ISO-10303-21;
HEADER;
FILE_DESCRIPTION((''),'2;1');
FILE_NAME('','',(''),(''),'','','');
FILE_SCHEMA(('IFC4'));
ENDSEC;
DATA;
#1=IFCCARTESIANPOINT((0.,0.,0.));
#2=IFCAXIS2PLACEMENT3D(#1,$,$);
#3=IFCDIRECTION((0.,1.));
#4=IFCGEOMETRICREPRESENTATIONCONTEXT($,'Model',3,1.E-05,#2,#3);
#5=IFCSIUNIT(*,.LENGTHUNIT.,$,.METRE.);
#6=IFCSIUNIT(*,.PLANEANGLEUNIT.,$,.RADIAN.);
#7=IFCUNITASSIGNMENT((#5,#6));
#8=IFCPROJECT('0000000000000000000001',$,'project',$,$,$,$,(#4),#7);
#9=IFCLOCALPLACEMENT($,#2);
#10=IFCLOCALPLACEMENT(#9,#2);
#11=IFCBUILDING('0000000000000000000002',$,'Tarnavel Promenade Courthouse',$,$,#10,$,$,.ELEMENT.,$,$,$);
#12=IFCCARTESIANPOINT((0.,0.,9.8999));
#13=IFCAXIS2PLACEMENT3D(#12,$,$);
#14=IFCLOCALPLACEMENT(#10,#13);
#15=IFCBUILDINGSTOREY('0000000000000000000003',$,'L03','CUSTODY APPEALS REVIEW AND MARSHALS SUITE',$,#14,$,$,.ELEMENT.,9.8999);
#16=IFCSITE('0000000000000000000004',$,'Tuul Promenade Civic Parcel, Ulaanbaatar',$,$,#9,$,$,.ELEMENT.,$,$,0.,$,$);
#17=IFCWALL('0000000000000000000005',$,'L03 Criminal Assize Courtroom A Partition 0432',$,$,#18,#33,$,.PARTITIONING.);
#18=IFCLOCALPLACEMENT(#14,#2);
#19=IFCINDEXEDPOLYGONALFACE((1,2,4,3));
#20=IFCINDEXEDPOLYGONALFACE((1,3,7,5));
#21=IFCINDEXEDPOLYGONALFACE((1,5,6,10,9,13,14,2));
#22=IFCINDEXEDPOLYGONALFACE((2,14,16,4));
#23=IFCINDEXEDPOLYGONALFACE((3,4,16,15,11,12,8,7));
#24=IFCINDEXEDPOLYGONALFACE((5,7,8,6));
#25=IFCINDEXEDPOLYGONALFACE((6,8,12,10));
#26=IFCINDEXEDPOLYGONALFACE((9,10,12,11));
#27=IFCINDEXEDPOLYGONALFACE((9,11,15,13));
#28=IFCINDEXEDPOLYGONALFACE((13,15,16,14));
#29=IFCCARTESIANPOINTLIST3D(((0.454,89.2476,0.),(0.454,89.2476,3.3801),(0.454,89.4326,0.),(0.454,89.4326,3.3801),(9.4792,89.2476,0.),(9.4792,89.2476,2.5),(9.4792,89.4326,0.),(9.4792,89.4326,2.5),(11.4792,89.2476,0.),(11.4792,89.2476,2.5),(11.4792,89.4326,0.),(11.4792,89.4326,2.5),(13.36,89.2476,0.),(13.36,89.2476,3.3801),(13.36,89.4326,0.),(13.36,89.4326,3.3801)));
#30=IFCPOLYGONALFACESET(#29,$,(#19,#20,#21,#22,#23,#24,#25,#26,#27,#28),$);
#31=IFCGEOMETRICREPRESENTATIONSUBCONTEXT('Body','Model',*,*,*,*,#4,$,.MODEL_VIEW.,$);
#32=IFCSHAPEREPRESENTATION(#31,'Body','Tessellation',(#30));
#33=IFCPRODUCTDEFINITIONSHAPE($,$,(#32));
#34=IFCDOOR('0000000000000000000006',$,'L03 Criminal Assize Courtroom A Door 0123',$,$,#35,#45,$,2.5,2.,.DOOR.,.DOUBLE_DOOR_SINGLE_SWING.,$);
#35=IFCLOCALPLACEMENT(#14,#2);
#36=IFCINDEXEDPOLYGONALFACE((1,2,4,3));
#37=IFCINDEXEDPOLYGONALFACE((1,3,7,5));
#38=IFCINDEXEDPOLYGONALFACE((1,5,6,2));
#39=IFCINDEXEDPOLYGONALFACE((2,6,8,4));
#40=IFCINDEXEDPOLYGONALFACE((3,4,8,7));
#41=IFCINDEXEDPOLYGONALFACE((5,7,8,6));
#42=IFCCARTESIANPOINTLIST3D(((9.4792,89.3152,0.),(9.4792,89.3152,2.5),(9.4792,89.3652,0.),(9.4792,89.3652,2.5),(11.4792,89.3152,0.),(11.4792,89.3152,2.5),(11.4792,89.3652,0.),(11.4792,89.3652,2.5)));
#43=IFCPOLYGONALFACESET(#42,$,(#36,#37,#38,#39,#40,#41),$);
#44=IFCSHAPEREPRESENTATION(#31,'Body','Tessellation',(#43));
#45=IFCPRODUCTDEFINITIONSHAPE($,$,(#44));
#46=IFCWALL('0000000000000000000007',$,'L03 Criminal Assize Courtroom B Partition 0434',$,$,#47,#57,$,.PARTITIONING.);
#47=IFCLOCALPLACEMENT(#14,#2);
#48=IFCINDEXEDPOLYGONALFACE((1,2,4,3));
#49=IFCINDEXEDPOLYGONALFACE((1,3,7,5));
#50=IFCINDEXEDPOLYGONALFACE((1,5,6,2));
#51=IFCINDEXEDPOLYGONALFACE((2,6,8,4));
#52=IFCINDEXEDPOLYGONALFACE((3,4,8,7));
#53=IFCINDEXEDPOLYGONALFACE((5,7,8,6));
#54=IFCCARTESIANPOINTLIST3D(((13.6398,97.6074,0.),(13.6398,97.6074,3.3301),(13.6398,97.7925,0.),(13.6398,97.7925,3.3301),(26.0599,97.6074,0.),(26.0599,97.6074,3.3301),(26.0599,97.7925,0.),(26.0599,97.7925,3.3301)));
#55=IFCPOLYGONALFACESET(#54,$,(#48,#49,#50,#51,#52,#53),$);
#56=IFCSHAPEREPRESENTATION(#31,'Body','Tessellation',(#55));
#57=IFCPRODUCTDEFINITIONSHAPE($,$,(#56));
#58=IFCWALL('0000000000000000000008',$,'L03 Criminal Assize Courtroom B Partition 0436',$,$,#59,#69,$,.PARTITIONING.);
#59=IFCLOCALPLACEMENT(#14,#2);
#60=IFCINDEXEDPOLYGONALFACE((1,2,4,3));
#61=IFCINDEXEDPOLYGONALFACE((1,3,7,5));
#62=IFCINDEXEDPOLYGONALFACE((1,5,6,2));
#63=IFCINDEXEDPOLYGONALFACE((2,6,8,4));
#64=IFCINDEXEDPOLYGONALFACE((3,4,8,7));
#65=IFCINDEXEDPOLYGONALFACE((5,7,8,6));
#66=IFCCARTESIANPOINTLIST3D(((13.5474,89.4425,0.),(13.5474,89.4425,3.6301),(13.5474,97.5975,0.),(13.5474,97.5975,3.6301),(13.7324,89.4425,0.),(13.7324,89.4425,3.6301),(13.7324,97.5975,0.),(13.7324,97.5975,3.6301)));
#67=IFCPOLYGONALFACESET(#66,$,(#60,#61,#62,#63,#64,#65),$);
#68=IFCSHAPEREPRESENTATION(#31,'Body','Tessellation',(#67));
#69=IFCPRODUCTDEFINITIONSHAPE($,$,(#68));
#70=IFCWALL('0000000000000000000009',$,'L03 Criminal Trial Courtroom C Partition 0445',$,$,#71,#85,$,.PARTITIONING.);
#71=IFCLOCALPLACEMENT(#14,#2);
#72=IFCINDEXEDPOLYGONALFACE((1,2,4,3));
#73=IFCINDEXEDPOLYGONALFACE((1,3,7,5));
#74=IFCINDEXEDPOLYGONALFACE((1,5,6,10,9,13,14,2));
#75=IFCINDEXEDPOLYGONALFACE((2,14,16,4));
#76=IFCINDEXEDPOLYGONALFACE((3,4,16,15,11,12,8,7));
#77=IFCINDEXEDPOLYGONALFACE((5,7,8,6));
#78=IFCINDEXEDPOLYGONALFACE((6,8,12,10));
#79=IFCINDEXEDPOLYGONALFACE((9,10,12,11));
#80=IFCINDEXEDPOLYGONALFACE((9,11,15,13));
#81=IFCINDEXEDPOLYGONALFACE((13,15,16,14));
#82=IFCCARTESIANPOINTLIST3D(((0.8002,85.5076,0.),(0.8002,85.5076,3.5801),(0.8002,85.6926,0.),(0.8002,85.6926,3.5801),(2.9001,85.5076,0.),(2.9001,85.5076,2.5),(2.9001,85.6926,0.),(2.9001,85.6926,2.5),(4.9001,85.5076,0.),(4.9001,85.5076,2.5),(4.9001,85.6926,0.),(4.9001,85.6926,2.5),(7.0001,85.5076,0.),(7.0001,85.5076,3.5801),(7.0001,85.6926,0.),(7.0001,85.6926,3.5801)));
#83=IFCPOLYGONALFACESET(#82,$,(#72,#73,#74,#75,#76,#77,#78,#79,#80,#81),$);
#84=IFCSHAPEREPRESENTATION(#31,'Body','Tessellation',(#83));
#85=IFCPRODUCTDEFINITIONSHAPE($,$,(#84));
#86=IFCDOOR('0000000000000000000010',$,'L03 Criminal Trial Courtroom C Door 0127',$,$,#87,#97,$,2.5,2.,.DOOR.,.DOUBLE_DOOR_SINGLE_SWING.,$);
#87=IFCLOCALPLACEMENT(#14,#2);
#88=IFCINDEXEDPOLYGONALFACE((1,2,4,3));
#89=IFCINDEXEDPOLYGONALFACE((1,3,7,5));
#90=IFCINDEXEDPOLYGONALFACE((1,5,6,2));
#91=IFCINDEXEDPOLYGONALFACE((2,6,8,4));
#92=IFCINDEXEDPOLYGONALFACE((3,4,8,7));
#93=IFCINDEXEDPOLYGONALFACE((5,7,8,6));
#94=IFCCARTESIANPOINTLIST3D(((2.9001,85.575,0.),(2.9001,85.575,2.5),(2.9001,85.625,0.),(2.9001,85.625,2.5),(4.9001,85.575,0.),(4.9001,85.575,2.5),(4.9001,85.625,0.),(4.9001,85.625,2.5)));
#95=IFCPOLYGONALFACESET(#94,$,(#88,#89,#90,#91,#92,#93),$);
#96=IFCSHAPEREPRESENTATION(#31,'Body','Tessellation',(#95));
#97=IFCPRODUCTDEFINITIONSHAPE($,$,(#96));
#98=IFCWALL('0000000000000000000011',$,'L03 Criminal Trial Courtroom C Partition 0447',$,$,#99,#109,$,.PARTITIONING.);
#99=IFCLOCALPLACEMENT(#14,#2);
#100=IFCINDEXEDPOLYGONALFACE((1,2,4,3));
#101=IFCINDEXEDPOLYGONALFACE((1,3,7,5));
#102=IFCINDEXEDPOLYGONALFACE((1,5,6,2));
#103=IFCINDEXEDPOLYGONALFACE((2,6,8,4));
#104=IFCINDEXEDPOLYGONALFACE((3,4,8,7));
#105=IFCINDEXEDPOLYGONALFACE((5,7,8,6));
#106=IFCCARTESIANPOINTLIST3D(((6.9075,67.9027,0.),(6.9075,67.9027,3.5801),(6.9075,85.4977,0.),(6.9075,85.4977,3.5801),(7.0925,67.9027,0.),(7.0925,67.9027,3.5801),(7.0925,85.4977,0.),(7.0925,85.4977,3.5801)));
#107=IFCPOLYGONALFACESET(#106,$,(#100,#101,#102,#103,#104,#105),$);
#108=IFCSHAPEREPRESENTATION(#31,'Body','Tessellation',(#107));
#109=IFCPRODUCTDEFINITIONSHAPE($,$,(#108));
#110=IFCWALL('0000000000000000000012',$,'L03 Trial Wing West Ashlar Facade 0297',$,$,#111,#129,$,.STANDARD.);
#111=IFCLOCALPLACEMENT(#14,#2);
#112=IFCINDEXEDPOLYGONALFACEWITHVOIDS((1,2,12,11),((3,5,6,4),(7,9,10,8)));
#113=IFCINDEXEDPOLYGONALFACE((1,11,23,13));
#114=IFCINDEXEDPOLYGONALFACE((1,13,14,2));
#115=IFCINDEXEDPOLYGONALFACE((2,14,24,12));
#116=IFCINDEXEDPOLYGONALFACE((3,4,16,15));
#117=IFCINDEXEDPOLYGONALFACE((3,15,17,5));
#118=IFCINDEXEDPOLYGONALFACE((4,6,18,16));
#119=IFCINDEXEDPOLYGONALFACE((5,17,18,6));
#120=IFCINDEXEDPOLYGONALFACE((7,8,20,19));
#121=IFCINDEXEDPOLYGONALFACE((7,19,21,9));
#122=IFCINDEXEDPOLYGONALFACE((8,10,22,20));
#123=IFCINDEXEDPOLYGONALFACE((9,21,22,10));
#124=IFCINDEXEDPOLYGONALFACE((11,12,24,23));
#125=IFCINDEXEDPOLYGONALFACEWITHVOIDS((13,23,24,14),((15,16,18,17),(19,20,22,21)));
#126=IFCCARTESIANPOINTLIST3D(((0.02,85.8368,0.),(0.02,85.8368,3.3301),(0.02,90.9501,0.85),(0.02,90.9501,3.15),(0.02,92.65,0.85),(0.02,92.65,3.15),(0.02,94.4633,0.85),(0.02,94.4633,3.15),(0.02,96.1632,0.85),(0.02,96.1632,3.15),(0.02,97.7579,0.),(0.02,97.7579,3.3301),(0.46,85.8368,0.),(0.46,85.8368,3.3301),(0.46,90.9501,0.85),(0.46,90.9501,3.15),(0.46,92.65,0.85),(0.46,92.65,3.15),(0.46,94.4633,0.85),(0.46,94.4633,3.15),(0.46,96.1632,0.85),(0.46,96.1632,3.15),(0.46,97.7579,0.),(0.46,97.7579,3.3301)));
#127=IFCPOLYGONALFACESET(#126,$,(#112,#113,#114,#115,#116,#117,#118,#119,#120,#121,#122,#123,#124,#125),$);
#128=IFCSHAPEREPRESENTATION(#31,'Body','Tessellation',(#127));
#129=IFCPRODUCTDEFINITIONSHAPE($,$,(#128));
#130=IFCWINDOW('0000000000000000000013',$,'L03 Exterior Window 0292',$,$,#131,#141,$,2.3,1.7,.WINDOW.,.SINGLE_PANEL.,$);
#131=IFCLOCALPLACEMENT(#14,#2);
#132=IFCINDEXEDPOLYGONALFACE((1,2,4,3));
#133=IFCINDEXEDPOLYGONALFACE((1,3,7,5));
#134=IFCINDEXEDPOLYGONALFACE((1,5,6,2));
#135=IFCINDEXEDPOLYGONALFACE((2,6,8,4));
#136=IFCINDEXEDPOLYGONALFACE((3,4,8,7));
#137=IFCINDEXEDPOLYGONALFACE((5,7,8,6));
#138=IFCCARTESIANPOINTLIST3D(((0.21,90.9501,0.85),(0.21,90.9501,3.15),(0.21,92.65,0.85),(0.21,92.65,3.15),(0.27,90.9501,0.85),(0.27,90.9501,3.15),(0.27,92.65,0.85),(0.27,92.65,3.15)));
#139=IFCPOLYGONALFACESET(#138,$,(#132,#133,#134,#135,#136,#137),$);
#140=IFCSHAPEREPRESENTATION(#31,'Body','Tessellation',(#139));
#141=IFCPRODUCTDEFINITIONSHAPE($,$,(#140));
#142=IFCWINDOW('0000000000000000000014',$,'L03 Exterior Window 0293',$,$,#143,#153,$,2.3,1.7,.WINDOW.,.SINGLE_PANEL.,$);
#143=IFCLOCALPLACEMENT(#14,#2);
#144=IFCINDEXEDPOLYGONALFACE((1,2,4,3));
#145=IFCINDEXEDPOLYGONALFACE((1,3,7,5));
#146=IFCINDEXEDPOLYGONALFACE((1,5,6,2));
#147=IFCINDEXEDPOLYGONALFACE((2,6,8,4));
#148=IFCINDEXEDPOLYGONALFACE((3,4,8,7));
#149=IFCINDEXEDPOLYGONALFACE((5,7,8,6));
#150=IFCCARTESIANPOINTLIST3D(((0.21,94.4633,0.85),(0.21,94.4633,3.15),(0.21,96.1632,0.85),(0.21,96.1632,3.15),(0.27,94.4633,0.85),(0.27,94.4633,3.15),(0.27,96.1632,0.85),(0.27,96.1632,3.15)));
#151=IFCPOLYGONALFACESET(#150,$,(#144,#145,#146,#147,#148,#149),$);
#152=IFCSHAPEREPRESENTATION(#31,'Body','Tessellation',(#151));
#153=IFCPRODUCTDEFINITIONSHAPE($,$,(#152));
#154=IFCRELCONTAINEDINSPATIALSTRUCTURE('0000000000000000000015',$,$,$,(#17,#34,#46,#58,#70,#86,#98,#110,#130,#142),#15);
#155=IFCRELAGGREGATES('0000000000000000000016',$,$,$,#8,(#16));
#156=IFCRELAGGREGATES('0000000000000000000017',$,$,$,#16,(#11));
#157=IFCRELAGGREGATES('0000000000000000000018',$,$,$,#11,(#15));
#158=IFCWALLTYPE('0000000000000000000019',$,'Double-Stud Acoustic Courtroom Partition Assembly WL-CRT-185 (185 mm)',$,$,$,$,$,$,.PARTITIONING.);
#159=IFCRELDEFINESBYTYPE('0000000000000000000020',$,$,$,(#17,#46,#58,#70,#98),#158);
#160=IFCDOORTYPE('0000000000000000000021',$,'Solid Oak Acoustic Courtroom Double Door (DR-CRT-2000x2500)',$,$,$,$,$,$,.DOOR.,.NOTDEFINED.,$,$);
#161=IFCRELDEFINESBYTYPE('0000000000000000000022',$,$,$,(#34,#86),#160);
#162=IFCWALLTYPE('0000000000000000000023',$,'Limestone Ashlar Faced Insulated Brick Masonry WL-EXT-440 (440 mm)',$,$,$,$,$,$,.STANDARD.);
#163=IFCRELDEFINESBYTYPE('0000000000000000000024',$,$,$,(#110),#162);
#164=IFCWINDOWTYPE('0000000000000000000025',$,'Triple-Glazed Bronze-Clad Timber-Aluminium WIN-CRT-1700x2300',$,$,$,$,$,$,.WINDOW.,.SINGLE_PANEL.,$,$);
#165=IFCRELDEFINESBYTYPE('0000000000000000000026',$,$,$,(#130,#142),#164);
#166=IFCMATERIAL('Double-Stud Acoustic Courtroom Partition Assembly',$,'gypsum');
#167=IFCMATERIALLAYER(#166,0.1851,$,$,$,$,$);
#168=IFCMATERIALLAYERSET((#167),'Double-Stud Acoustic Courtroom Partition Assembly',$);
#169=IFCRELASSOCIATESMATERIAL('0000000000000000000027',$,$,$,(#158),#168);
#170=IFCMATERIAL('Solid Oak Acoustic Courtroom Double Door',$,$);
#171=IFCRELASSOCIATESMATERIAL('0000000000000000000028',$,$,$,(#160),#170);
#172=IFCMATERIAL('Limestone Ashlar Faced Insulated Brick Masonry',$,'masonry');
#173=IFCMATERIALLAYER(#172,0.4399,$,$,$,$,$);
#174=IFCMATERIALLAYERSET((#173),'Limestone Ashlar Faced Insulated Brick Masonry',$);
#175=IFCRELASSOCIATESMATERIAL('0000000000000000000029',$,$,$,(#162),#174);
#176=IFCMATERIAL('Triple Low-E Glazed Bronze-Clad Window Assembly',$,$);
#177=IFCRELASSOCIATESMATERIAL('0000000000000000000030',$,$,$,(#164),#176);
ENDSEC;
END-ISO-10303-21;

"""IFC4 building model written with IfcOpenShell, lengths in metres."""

from ifc_helpers import new_model, si_unit, direction, frame, frame_2d, origin, place, context, subcontext, project, spatial, rectangle, extrude, material, layer, layer_set, type_object, element, fill, save


model = new_model("IFC4")

# Units and contexts
model_context = context("Model", 3, precision=1e-05, world=origin(), true_north=direction((0.0, 1.0)))
body_context = subcontext(model_context, "Body", "Model", "MODEL_VIEW")
ifc_project = project(units=[si_unit("LENGTHUNIT", "METRE"), si_unit("PLANEANGLEUNIT", "RADIAN")], contexts=[model_context])

# Site, building, storey
site_placement = place(None, origin())
site = spatial("IfcSite", under=ifc_project, at=site_placement, Name="Tuul Promenade Civic Parcel, Ulaanbaatar", CompositionType="ELEMENT", RefElevation=0.0)
building_placement = place(site_placement, origin())
building = spatial("IfcBuilding", under=site, at=building_placement, Name="Tarnavel Promenade Courthouse", CompositionType="ELEMENT")
storey_placement = place(building_placement, frame((0.0, 0.0, 9.8999)))
storey = spatial("IfcBuildingStorey", under=building, at=storey_placement, Name="L03", Description="CUSTODY APPEALS REVIEW AND MARSHALS SUITE", CompositionType="ELEMENT", Elevation=9.8999)

# Wall, opening, door
ifc_material_1 = material(Name="Double-Stud Acoustic Courtroom Partition Assembly", Category="gypsum")
ifc_layer_1 = layer(ifc_material_1, 0.1851)
ifc_layer_set_1 = layer_set([ifc_layer_1], Name="Double-Stud Acoustic Courtroom Partition Assembly")
wall_type_1 = type_object("IfcWallType", Name="Double-Stud Acoustic Courtroom Partition Assembly WL-CRT-185 (185 mm)", PredefinedType="PARTITIONING", material=ifc_layer_set_1)
wall_1_placement = place(storey_placement, frame((13.3601, 89.3401, 0.0), z_axis=(0.0, 0.0, 1.0), x_axis=(-1.0, 0.0, 0.0)))
wall_1 = element("IfcWall", 1, at=wall_1_placement, inside=storey, type_object=wall_type_1, Name="L03 Criminal Assize Courtroom A Partition 0432", PredefinedType="PARTITIONING", context=body_context, shape_type="SweptSolid", body=[
    extrude(rectangle(XDim=12.906, YDim=0.1851, at=frame_2d((6.4531, 0.0))), origin(), (0.0, 0.0, 1.0), 3.3801),
])
opening_1_placement = place(wall_1_placement, frame((1.8809, 0.0, 0.0)))
opening_1 = element("IfcOpeningElement", 2, at=opening_1_placement, cuts=wall_1, PredefinedType="OPENING", context=body_context, shape_type="SweptSolid", body=[
    extrude(rectangle(XDim=2.0, YDim=2.5, at=frame_2d((1.0, 1.25))), frame((0.0, 0.1025, 0.0), z_axis=(0.0, -1.0, 0.0), x_axis=(1.0, 0.0, 0.0)), (0.0, 0.0, 1.0), 0.2051),
])
ifc_material_2 = material(Name="Solid Oak Acoustic Courtroom Double Door")
door_type = type_object("IfcDoorType", Name="Solid Oak Acoustic Courtroom Double Door (DR-CRT-2000x2500)", OperationType="NOTDEFINED", PredefinedType="DOOR", material=ifc_material_2)
door_1_placement = place(opening_1_placement, origin())
door_1 = element("IfcDoor", 3, at=door_1_placement, inside=storey, type_object=door_type, Name="L03 Criminal Assize Courtroom A Door 0123", OperationType="DOUBLE_DOOR_SINGLE_SWING", OverallHeight=2.5, OverallWidth=2.0, PredefinedType="DOOR", context=body_context, shape_type="SweptSolid", body=[
    extrude(rectangle(XDim=2.0, YDim=2.5, at=frame_2d((1.0, 1.25))), frame((0.0, 0.0249, 0.0), z_axis=(0.0, -1.0, 0.0), x_axis=(1.0, 0.0, 0.0)), (0.0, 0.0, 1.0), 0.05),
])
fill(opening_1, door_1)

# Walls
wall_2_placement = place(storey_placement, frame((13.6399, 97.7, 0.0), z_axis=(0.0, 0.0, 1.0), x_axis=(1.0, 0.0, 0.0)))
element("IfcWall", 4, at=wall_2_placement, inside=storey, type_object=wall_type_1, Name="L03 Criminal Assize Courtroom B Partition 0434", PredefinedType="PARTITIONING", context=body_context, shape_type="SweptSolid", body=[
    extrude(rectangle(XDim=12.4202, YDim=0.1851, at=frame_2d((6.21, 0.0))), origin(), (0.0, 0.0, 1.0), 3.3301),
])
wall_3_placement = place(storey_placement, frame((13.6399, 89.4424, 0.0), z_axis=(0.0, 0.0, 1.0), x_axis=(0.0, 1.0, 0.0)))
element("IfcWall", 5, at=wall_3_placement, inside=storey, type_object=wall_type_1, Name="L03 Criminal Assize Courtroom B Partition 0436", PredefinedType="PARTITIONING", context=body_context, shape_type="SweptSolid", body=[
    extrude(rectangle(XDim=8.155, YDim=0.1851, at=frame_2d((4.0776, 0.0))), origin(), (0.0, 0.0, 1.0), 3.6301),
])

# Wall, opening, door
wall_4_placement = place(storey_placement, frame((0.8, 85.6001, 0.0), z_axis=(0.0, 0.0, 1.0), x_axis=(1.0, 0.0, 0.0)))
wall_4 = element("IfcWall", 6, at=wall_4_placement, inside=storey, type_object=wall_type_1, Name="L03 Criminal Trial Courtroom C Partition 0445", PredefinedType="PARTITIONING", context=body_context, shape_type="SweptSolid", body=[
    extrude(rectangle(XDim=6.2, YDim=0.1851, at=frame_2d((3.1001, 0.0))), origin(), (0.0, 0.0, 1.0), 3.5801),
])
opening_2_placement = place(wall_4_placement, frame((2.1001, 0.0, 0.0)))
opening_2 = element("IfcOpeningElement", 7, at=opening_2_placement, cuts=wall_4, PredefinedType="OPENING", context=body_context, shape_type="SweptSolid", body=[
    extrude(rectangle(XDim=2.0, YDim=2.5, at=frame_2d((1.0, 1.25))), frame((0.0, 0.1025, 0.0), z_axis=(0.0, -1.0, 0.0), x_axis=(1.0, 0.0, 0.0)), (0.0, 0.0, 1.0), 0.2051),
])
door_2_placement = place(opening_2_placement, origin())
door_2 = element("IfcDoor", 8, at=door_2_placement, inside=storey, type_object=door_type, Name="L03 Criminal Trial Courtroom C Door 0127", OperationType="DOUBLE_DOOR_SINGLE_SWING", OverallHeight=2.5, OverallWidth=2.0, PredefinedType="DOOR", context=body_context, shape_type="SweptSolid", body=[
    extrude(rectangle(XDim=2.0, YDim=2.5, at=frame_2d((1.0, 1.25))), frame((0.0, 0.0249, 0.0), z_axis=(0.0, -1.0, 0.0), x_axis=(1.0, 0.0, 0.0)), (0.0, 0.0, 1.0), 0.05),
])
fill(opening_2, door_2)

# Wall
wall_5_placement = place(storey_placement, frame((7.0, 85.4976, 0.0), z_axis=(0.0, 0.0, 1.0), x_axis=(0.0, -1.0, 0.0)))
element("IfcWall", 9, at=wall_5_placement, inside=storey, type_object=wall_type_1, Name="L03 Criminal Trial Courtroom C Partition 0447", PredefinedType="PARTITIONING", context=body_context, shape_type="SweptSolid", body=[
    extrude(rectangle(XDim=17.595, YDim=0.1851, at=frame_2d((8.7974, 0.0))), origin(), (0.0, 0.0, 1.0), 3.5801),
])

# Wall, openings, windows
ifc_material_3 = material(Name="Limestone Ashlar Faced Insulated Brick Masonry", Category="masonry")
ifc_layer_2 = layer(ifc_material_3, 0.4399)
ifc_layer_set_2 = layer_set([ifc_layer_2], Name="Limestone Ashlar Faced Insulated Brick Masonry")
wall_type_2 = type_object("IfcWallType", Name="Limestone Ashlar Faced Insulated Brick Masonry WL-EXT-440 (440 mm)", PredefinedType="STANDARD", material=ifc_layer_set_2)
wall_6_placement = place(storey_placement, frame((0.24, 85.8369, 0.0), z_axis=(0.0, 0.0, 1.0), x_axis=(0.0, 1.0, 0.0)))
wall_6 = element("IfcWall", 10, at=wall_6_placement, inside=storey, type_object=wall_type_2, Name="L03 Trial Wing West Ashlar Facade 0297", PredefinedType="STANDARD", context=body_context, shape_type="SweptSolid", body=[
    extrude(rectangle(XDim=11.9211, YDim=0.4399, at=frame_2d((5.9604, 0.0))), origin(), (0.0, 0.0, 1.0), 3.3301),
])
opening_3_placement = place(wall_6_placement, frame((5.113, 0.0, 0.8501)))
opening_3 = element("IfcOpeningElement", 11, at=opening_3_placement, cuts=wall_6, PredefinedType="OPENING", context=body_context, shape_type="SweptSolid", body=[
    extrude(rectangle(XDim=1.7, YDim=2.3, at=frame_2d((0.8501, 1.1499))), frame((0.0, 0.23, 0.0), z_axis=(0.0, -1.0, 0.0), x_axis=(1.0, 0.0, 0.0)), (0.0, 0.0, 1.0), 0.46),
])
opening_4_placement = place(wall_6_placement, frame((8.6262, 0.0, 0.8501)))
opening_4 = element("IfcOpeningElement", 12, at=opening_4_placement, cuts=wall_6, PredefinedType="OPENING", context=body_context, shape_type="SweptSolid", body=[
    extrude(rectangle(XDim=1.7, YDim=2.3, at=frame_2d((0.8501, 1.1499))), frame((0.0, 0.23, 0.0), z_axis=(0.0, -1.0, 0.0), x_axis=(1.0, 0.0, 0.0)), (0.0, 0.0, 1.0), 0.46),
])
ifc_material_4 = material(Name="Triple Low-E Glazed Bronze-Clad Window Assembly")
window_type = type_object("IfcWindowType", Name="Triple-Glazed Bronze-Clad Timber-Aluminium WIN-CRT-1700x2300", PartitioningType="SINGLE_PANEL", PredefinedType="WINDOW", material=ifc_material_4)
window_1_placement = place(opening_3_placement, origin())
window_1 = element("IfcWindow", 13, at=window_1_placement, inside=storey, type_object=window_type, Name="L03 Exterior Window 0292", OverallHeight=2.3, OverallWidth=1.7, PartitioningType="SINGLE_PANEL", PredefinedType="WINDOW", context=body_context, shape_type="SweptSolid", body=[
    extrude(rectangle(XDim=1.7, YDim=2.3, at=frame_2d((0.8501, 1.1499))), frame((0.0, 0.03, 0.0), z_axis=(0.0, -1.0, 0.0), x_axis=(1.0, 0.0, 0.0)), (0.0, 0.0, 1.0), 0.0601),
])
fill(opening_3, window_1)
window_2_placement = place(opening_4_placement, origin())
window_2 = element("IfcWindow", 14, at=window_2_placement, inside=storey, type_object=window_type, Name="L03 Exterior Window 0293", OverallHeight=2.3, OverallWidth=1.7, PartitioningType="SINGLE_PANEL", PredefinedType="WINDOW", context=body_context, shape_type="SweptSolid", body=[
    extrude(rectangle(XDim=1.7, YDim=2.3, at=frame_2d((0.8501, 1.1499))), frame((0.0, 0.03, 0.0), z_axis=(0.0, -1.0, 0.0), x_axis=(1.0, 0.0, 0.0)), (0.0, 0.0, 1.0), 0.0601),
])
fill(opening_4, window_2)

save(model, "model.ifc")
